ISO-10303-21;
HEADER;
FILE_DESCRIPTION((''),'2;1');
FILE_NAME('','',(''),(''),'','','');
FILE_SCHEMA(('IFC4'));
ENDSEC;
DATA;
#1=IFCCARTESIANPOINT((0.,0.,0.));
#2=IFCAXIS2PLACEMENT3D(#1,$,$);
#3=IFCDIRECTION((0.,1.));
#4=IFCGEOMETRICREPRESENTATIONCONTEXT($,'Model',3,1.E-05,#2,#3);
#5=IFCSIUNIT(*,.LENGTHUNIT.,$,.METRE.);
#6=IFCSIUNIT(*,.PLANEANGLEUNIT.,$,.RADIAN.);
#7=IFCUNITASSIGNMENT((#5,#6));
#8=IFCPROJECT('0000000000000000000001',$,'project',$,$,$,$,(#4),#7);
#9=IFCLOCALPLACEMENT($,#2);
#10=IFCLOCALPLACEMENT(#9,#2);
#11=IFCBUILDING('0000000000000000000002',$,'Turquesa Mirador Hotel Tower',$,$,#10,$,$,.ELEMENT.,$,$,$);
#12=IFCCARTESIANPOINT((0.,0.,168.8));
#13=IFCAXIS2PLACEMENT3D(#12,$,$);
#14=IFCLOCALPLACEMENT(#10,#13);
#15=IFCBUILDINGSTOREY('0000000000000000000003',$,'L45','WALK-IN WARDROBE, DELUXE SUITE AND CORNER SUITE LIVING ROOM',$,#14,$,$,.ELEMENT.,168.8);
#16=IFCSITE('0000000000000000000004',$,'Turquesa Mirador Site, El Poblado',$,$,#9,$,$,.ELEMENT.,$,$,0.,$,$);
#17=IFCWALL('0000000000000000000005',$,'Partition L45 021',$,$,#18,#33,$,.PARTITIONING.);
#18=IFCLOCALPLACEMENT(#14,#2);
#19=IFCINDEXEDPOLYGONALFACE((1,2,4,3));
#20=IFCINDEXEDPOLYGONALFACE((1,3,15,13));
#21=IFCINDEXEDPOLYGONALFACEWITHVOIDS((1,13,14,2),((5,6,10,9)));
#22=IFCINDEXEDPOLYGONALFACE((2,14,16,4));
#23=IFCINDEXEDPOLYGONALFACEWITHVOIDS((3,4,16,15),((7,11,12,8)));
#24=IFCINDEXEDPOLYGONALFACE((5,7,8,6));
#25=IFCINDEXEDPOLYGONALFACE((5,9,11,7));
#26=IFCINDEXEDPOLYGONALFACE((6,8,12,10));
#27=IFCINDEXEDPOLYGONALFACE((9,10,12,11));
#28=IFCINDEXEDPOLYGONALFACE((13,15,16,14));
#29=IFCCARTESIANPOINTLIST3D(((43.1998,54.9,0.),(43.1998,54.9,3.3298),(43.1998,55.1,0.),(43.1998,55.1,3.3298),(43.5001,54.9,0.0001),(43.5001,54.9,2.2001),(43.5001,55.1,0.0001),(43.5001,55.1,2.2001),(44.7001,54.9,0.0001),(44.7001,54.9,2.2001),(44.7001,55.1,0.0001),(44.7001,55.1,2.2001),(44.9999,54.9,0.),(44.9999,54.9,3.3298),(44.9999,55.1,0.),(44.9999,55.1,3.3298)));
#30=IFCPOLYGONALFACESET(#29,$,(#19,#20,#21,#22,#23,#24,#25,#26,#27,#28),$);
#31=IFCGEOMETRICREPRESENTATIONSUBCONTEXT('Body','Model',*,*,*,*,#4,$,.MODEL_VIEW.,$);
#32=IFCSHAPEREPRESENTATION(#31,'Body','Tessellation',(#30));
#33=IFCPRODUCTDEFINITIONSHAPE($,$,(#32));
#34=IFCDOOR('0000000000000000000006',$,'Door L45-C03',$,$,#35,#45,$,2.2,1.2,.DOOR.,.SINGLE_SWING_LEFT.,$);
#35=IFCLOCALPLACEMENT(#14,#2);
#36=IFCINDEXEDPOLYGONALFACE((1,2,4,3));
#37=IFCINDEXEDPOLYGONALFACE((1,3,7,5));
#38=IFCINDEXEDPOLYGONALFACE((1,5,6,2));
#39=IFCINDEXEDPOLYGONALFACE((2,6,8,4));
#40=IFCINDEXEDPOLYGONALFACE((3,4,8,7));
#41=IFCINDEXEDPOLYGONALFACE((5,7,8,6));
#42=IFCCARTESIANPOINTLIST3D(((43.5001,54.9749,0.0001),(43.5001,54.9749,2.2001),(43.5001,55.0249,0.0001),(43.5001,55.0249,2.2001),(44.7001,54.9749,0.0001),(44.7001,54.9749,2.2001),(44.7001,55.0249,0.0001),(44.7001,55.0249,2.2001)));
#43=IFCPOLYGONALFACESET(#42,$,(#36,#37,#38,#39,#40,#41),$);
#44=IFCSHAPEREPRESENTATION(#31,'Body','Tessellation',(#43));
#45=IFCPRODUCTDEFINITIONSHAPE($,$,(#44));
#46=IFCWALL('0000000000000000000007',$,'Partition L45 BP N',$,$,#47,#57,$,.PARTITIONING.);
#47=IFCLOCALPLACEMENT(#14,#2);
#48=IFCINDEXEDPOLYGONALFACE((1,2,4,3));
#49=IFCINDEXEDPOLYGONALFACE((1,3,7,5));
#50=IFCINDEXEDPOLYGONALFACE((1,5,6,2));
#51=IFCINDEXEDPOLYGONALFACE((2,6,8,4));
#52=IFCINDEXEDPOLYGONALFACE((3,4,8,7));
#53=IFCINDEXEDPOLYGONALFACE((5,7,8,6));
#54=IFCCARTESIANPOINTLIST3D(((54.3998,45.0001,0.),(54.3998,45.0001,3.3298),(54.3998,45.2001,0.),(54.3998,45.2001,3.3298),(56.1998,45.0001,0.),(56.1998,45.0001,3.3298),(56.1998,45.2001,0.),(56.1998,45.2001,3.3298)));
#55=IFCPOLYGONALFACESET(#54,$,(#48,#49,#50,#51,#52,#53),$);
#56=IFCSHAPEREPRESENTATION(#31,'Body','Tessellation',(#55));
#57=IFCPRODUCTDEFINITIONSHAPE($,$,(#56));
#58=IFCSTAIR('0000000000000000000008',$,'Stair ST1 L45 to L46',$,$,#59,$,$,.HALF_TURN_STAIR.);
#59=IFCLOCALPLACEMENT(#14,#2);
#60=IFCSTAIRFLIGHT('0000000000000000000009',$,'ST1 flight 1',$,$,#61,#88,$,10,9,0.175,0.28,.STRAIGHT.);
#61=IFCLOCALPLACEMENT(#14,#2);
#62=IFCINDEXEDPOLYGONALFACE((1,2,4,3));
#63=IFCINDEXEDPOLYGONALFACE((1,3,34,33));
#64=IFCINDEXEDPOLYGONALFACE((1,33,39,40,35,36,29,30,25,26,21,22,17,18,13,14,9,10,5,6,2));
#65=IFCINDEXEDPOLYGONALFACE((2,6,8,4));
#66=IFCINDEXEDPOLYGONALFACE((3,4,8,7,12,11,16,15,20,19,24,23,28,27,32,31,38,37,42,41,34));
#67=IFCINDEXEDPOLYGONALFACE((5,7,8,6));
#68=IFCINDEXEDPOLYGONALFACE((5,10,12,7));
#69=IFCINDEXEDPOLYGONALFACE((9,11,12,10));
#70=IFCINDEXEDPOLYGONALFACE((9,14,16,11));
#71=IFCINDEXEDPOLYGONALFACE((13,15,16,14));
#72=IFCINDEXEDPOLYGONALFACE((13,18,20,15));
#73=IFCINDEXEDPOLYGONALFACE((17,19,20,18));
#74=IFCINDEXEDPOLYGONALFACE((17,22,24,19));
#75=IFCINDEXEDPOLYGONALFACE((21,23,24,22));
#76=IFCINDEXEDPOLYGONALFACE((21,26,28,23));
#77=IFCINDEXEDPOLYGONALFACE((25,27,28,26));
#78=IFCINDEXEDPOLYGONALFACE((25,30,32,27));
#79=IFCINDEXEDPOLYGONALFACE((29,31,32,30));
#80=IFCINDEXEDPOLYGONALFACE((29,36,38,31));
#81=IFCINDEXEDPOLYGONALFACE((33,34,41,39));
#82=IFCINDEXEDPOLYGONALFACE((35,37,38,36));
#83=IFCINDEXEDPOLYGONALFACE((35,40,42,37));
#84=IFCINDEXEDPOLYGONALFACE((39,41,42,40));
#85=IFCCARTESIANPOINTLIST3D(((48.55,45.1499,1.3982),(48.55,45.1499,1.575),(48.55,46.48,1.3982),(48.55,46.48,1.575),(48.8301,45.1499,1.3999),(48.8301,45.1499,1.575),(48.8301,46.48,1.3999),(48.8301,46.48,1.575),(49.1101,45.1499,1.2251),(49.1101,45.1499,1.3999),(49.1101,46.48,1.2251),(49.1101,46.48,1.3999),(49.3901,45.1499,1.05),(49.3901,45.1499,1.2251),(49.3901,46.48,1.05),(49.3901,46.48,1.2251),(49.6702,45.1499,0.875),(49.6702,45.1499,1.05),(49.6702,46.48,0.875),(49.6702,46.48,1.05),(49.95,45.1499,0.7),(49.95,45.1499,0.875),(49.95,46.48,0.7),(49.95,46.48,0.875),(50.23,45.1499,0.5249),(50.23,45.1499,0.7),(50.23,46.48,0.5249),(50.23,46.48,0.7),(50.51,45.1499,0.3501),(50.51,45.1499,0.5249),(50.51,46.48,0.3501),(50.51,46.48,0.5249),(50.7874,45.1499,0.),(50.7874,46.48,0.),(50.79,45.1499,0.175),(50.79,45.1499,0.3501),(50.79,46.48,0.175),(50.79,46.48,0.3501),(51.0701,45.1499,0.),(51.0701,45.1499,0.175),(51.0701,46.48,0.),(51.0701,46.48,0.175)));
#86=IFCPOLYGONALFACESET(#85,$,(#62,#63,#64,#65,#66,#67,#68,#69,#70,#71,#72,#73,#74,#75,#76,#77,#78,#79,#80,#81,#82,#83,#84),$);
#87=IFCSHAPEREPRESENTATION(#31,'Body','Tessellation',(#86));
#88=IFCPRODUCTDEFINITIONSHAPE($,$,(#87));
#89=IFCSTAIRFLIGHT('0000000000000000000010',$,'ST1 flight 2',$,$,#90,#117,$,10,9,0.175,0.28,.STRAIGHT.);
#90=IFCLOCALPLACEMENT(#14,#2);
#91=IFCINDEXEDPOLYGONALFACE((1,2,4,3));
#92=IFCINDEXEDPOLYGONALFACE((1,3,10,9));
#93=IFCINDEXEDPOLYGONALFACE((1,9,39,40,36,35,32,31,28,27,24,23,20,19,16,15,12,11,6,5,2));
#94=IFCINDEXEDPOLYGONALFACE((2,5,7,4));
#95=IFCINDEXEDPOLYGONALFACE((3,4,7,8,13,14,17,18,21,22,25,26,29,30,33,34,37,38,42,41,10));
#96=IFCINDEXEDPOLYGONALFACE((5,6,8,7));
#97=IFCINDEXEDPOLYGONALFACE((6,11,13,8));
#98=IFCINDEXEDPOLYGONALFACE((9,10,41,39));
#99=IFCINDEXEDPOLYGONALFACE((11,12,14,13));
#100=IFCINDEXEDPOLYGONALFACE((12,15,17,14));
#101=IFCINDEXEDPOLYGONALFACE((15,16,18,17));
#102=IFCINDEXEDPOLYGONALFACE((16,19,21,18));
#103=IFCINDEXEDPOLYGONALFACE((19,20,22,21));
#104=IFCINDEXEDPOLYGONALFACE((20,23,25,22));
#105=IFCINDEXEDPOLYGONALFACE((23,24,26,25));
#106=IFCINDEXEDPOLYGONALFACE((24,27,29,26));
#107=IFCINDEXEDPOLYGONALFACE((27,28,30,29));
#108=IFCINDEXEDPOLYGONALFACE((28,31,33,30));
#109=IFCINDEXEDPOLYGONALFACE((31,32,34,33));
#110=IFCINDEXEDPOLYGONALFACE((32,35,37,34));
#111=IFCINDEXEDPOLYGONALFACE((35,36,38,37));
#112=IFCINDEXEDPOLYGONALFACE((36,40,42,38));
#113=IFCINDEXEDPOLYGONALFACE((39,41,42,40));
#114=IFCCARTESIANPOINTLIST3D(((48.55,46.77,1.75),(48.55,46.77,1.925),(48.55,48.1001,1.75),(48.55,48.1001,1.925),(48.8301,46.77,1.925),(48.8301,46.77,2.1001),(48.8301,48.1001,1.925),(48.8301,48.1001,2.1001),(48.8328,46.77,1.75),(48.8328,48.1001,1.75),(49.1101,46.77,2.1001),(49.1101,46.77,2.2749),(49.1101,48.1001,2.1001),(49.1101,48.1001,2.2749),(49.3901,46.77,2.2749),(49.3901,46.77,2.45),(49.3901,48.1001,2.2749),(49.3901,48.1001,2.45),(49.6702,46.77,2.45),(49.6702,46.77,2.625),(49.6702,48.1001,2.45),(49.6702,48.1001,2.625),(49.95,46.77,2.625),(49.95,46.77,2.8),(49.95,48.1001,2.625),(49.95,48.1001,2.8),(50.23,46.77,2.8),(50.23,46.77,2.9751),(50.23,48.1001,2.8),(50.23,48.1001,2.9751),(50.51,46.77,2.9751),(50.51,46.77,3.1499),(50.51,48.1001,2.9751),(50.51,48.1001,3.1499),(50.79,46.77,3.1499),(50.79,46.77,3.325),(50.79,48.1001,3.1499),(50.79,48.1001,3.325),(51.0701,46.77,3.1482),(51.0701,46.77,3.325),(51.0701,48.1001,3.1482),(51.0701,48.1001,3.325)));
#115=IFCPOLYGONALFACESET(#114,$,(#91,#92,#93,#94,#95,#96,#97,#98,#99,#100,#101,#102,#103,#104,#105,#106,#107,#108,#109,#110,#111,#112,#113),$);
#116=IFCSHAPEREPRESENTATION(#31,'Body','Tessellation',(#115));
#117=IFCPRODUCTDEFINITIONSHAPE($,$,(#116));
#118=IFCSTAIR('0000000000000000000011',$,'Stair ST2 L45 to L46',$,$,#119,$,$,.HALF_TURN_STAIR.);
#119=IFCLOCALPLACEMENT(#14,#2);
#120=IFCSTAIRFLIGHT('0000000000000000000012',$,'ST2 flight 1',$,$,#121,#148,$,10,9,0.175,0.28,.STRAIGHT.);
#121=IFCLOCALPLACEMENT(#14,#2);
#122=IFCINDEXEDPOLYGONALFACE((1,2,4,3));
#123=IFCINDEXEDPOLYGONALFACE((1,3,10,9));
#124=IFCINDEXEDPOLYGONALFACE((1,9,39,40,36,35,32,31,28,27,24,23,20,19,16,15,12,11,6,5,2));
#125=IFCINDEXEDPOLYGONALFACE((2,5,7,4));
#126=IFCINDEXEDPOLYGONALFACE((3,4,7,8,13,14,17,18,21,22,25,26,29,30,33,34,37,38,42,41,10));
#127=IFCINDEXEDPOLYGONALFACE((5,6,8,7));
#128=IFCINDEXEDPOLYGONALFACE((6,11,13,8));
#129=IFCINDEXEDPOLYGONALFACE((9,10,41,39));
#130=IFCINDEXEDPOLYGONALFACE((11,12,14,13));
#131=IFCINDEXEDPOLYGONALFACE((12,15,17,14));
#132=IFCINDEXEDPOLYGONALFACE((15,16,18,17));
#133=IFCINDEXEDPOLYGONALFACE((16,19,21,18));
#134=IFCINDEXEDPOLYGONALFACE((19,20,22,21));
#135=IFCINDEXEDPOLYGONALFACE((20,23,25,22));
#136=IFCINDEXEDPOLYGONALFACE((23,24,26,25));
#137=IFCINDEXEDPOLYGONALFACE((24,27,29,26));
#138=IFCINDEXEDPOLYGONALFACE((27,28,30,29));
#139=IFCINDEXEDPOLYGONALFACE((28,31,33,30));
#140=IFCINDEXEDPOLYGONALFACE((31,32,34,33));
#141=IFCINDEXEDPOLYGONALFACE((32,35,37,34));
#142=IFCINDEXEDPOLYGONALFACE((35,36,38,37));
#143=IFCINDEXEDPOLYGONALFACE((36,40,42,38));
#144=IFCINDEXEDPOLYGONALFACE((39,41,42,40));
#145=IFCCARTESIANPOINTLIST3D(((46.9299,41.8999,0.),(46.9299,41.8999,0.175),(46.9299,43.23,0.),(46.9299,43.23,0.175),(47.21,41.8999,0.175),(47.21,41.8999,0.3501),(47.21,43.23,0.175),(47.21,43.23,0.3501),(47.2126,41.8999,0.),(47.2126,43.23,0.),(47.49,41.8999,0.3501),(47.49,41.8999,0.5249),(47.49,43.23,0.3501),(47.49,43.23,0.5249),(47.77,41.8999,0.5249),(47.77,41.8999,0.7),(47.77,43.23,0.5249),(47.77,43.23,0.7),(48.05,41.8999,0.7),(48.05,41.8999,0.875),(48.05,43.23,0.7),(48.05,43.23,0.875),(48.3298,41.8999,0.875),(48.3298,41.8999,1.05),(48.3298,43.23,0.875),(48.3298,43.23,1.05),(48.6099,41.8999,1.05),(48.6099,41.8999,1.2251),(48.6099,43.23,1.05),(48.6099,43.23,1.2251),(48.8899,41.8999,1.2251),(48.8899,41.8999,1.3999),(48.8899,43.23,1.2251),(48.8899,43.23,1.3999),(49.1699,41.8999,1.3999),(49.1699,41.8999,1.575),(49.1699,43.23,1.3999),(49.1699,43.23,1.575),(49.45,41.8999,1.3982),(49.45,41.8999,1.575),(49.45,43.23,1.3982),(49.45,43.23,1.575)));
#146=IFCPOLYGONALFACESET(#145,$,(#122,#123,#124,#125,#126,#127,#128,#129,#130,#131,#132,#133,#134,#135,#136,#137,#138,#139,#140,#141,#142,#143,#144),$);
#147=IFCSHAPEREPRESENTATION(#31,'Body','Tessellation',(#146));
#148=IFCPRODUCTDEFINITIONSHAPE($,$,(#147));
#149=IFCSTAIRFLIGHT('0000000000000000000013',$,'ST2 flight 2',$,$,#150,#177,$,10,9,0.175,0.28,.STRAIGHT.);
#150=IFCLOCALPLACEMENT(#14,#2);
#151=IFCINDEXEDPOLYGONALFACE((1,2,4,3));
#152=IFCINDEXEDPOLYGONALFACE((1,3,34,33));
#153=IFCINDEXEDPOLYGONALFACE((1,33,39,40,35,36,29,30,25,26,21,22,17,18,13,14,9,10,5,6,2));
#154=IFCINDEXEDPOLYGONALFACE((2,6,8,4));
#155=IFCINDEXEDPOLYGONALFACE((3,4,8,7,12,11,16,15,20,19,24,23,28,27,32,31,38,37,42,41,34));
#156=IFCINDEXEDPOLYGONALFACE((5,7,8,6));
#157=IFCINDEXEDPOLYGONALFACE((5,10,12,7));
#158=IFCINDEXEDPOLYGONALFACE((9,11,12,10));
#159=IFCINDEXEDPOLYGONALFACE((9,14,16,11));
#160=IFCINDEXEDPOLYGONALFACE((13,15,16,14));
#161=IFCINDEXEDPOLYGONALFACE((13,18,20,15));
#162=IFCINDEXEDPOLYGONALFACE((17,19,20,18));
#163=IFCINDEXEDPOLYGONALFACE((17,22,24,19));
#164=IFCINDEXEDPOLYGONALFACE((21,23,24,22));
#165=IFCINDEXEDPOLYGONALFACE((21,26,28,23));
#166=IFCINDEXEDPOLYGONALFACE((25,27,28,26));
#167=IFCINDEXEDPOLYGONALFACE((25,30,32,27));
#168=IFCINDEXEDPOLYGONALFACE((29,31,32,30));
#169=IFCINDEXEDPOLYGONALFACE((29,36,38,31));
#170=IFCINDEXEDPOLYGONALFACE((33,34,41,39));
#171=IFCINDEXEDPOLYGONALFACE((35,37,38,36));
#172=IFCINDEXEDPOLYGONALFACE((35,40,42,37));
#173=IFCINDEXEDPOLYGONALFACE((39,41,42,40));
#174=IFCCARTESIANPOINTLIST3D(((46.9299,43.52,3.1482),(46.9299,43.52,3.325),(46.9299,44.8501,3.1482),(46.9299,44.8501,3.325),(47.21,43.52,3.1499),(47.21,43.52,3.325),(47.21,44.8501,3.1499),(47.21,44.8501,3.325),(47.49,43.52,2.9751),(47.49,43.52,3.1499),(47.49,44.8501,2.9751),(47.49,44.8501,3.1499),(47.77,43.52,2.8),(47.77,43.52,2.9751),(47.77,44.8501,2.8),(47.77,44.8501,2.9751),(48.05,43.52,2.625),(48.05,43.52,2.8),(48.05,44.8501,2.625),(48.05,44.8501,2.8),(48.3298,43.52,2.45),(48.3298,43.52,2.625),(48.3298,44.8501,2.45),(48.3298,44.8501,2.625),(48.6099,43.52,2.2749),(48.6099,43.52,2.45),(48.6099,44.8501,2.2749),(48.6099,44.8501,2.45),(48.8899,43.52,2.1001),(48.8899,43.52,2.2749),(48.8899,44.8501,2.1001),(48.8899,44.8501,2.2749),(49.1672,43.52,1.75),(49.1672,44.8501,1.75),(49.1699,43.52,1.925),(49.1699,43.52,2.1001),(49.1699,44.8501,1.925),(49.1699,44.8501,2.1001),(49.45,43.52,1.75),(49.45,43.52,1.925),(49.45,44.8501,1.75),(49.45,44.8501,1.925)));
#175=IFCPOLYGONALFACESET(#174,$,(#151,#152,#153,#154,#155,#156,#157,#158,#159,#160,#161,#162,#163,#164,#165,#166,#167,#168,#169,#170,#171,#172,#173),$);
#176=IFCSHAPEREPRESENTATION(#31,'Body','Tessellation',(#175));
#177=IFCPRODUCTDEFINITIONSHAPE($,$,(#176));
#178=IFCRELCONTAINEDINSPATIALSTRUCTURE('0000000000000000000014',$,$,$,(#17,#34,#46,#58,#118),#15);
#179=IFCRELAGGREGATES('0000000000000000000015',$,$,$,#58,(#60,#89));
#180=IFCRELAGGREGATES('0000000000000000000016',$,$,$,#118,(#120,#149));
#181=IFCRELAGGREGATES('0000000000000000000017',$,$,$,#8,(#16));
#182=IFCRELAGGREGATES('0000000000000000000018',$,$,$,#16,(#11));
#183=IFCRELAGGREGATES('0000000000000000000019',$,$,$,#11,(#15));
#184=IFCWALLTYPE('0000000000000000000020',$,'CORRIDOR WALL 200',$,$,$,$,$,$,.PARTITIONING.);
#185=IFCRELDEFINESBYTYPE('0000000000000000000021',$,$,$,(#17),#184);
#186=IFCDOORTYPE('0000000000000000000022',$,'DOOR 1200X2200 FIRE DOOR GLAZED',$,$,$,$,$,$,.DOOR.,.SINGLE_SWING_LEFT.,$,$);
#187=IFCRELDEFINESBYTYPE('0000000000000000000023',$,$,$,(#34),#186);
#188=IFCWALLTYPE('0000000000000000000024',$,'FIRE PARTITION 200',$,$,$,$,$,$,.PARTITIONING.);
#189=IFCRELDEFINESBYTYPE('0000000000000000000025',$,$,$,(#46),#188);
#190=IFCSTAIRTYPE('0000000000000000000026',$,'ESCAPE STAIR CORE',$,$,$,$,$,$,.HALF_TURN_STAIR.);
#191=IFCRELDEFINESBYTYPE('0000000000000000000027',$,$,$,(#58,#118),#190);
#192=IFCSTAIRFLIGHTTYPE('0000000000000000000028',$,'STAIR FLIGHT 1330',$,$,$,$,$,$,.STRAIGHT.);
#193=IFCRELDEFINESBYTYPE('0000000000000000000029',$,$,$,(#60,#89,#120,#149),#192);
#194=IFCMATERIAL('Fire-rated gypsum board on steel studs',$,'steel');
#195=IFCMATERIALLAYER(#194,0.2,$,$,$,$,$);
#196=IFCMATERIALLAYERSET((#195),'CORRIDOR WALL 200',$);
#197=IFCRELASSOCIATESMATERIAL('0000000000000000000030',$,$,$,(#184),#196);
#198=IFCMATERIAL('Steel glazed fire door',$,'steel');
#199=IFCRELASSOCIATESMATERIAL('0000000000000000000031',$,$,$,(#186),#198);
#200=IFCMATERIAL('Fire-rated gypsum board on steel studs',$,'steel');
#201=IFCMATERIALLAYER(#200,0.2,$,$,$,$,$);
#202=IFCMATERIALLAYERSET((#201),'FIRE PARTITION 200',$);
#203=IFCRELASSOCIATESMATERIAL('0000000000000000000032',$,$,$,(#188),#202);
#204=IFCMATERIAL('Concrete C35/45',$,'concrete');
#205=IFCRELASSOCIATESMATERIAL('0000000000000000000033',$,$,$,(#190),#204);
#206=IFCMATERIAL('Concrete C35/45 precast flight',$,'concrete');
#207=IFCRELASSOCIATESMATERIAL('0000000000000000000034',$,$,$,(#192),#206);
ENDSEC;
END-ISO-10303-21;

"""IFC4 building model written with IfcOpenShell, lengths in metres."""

from ifc_helpers import new_model, si_unit, direction, frame, frame_2d, origin, place, context, subcontext, project, spatial, polyline, rectangle, outline, extrude, material, layer, layer_set, type_object, element, fill, aggregate, save


model = new_model("IFC4")

# Units and contexts
model_context = context("Model", 3, precision=1e-05, world=origin(), true_north=direction((0.0, 1.0)))
body_context = subcontext(model_context, "Body", "Model", "MODEL_VIEW")
ifc_project = project(units=[si_unit("LENGTHUNIT", "METRE"), si_unit("PLANEANGLEUNIT", "RADIAN")], contexts=[model_context])

# Site, building, storey
site_placement = place(None, origin())
site = spatial("IfcSite", under=ifc_project, at=site_placement, Name="Turquesa Mirador Site, El Poblado", CompositionType="ELEMENT", RefElevation=0.0)
building_placement = place(site_placement, origin())
building = spatial("IfcBuilding", under=site, at=building_placement, Name="Turquesa Mirador Hotel Tower", CompositionType="ELEMENT")
storey_placement = place(building_placement, frame((0.0, 0.0, 168.8)))
storey = spatial("IfcBuildingStorey", under=building, at=storey_placement, Name="L45", Description="WALK-IN WARDROBE, DELUXE SUITE AND CORNER SUITE LIVING ROOM", CompositionType="ELEMENT", Elevation=168.8)

# Wall, opening, door
ifc_material_1 = material(Name="Fire-rated gypsum board on steel studs", Category="steel")
ifc_layer_1 = layer(ifc_material_1, 0.2)
ifc_layer_set_1 = layer_set([ifc_layer_1], Name="CORRIDOR WALL 200")
wall_type_1 = type_object("IfcWallType", Name="CORRIDOR WALL 200", PredefinedType="PARTITIONING", material=ifc_layer_set_1)
wall_1_placement = place(storey_placement, frame((43.2, 55.0, 0.0), z_axis=(0.0, 0.0, 1.0), x_axis=(1.0, 0.0, 0.0)))
wall_1 = element("IfcWall", 1, at=wall_1_placement, inside=storey, type_object=wall_type_1, Name="Partition L45 021", PredefinedType="PARTITIONING", context=body_context, shape_type="SweptSolid", body=[
    extrude(rectangle(XDim=1.8, YDim=0.2, at=frame_2d((0.8999, 0.0))), origin(), (0.0, 0.0, 1.0), 3.3298),
])
opening_1_placement = place(wall_1_placement, frame((0.3, 0.0, 0.0)))
opening_1 = element("IfcOpeningElement", 2, at=opening_1_placement, cuts=wall_1, PredefinedType="OPENING", context=body_context, shape_type="SweptSolid", body=[
    extrude(rectangle(XDim=1.2, YDim=2.2, at=frame_2d((0.6001, 1.1001))), frame((0.0, 0.1099, 0.0), z_axis=(0.0, -1.0, 0.0), x_axis=(1.0, 0.0, 0.0)), (0.0, 0.0, 1.0), 0.22),
])
ifc_material_2 = material(Name="Steel glazed fire door", Category="steel")
door_type_1 = type_object("IfcDoorType", Name="DOOR 1200X2200 FIRE DOOR GLAZED", OperationType="SINGLE_SWING_LEFT", PredefinedType="DOOR", material=ifc_material_2)
door_1_placement = place(opening_1_placement, origin())
door_1 = element("IfcDoor", 3, at=door_1_placement, inside=storey, type_object=door_type_1, Name="Door L45-C03", OperationType="SINGLE_SWING_LEFT", OverallHeight=2.2, OverallWidth=1.2, PredefinedType="DOOR", context=body_context, shape_type="SweptSolid", body=[
    extrude(rectangle(XDim=1.2, YDim=2.2, at=frame_2d((0.6001, 1.1001))), frame((0.0, 0.0249, 0.0), z_axis=(0.0, -1.0, 0.0), x_axis=(1.0, 0.0, 0.0)), (0.0, 0.0, 1.0), 0.05),
])
fill(opening_1, door_1)

# Wall
ifc_material_3 = material(Name="Fire-rated gypsum board on steel studs", Category="steel")
ifc_layer_2 = layer(ifc_material_3, 0.2)
ifc_layer_set_2 = layer_set([ifc_layer_2], Name="FIRE PARTITION 200")
wall_type_2 = type_object("IfcWallType", Name="FIRE PARTITION 200", PredefinedType="PARTITIONING", material=ifc_layer_set_2)
wall_2_placement = place(storey_placement, frame((54.3999, 45.1001, 0.0), z_axis=(0.0, 0.0, 1.0), x_axis=(1.0, 0.0, 0.0)))
element("IfcWall", 4, at=wall_2_placement, inside=storey, type_object=wall_type_2, Name="Partition L45 BP N", PredefinedType="PARTITIONING", context=body_context, shape_type="SweptSolid", body=[
    extrude(rectangle(XDim=1.8, YDim=0.2, at=frame_2d((0.8999, 0.0))), origin(), (0.0, 0.0, 1.0), 3.3298),
])

# Stairs, stair flights
ifc_material_4 = material(Name="Concrete C35/45", Category="concrete")
stair_type = type_object("IfcStairType", Name="ESCAPE STAIR CORE", PredefinedType="HALF_TURN_STAIR", material=ifc_material_4)
stair_1_placement = place(storey_placement, origin())
stair_1 = element("IfcStair", 5, at=stair_1_placement, inside=storey, type_object=stair_type, Name="Stair ST1 L45 to L46", PredefinedType="HALF_TURN_STAIR")
ifc_material_5 = material(Name="Concrete C35/45 precast flight", Category="concrete")
stair_flight_type = type_object("IfcStairFlightType", Name="STAIR FLIGHT 1330", PredefinedType="STRAIGHT", material=ifc_material_5)
stair_flight_1_placement = place(storey_placement, frame((51.0701, 45.8149, 0.0), z_axis=(0.0, 0.0, 1.0), x_axis=(-1.0, 0.0, 0.0)))
stair_flight_1 = element("IfcStairFlight", 6, at=stair_flight_1_placement, type_object=stair_flight_type, Name="ST1 flight 1", NumberOfRisers=10, NumberOfTreads=9, PredefinedType="STRAIGHT", RiserHeight=0.175, TreadLength=0.28, context=body_context, shape_type="SweptSolid", body=[
    extrude(outline(polyline([(0.0, 0.0), (0.0, 0.175), (0.28, 0.175), (0.28, 0.3501), (0.5601, 0.3501), (0.5601, 0.5249), (0.8401, 0.5249), (0.8401, 0.7), (1.1201, 0.7), (1.1201, 0.875), (1.3999, 0.875), (1.3999, 1.05), (1.6799, 1.05), (1.6799, 1.2251), (1.96, 1.2251), (1.96, 1.3999), (2.24, 1.3999), (2.24, 1.575), (2.52, 1.575), (2.52, 1.75), (2.52, 1.3982), (0.2827, 0.0), (0.0, 0.0)])), frame((0.0, 0.665, 0.0), z_axis=(0.0, -1.0, 0.0), x_axis=(1.0, 0.0, 0.0)), (0.0, 0.0, 1.0), 1.3301),
])
stair_flight_2_placement = place(storey_placement, frame((48.55, 47.4351, 1.75), z_axis=(0.0, 0.0, 1.0), x_axis=(1.0, 0.0, 0.0)))
stair_flight_2 = element("IfcStairFlight", 7, at=stair_flight_2_placement, type_object=stair_flight_type, Name="ST1 flight 2", NumberOfRisers=10, NumberOfTreads=9, PredefinedType="STRAIGHT", RiserHeight=0.175, TreadLength=0.28, context=body_context, shape_type="SweptSolid", body=[
    extrude(outline(polyline([(0.0, 0.0), (0.0, 0.175), (0.28, 0.175), (0.28, 0.3501), (0.5601, 0.3501), (0.5601, 0.5249), (0.8401, 0.5249), (0.8401, 0.7), (1.1201, 0.7), (1.1201, 0.875), (1.3999, 0.875), (1.3999, 1.05), (1.6799, 1.05), (1.6799, 1.2251), (1.96, 1.2251), (1.96, 1.3999), (2.24, 1.3999), (2.24, 1.575), (2.52, 1.575), (2.52, 1.75), (2.52, 1.3982), (0.2827, 0.0), (0.0, 0.0)])), frame((0.0, 0.665, 0.0), z_axis=(0.0, -1.0, 0.0), x_axis=(1.0, 0.0, 0.0)), (0.0, 0.0, 1.0), 1.3301),
])
aggregate(stair_1, [stair_flight_1, stair_flight_2])
stair_2_placement = place(storey_placement, origin())
stair_2 = element("IfcStair", 8, at=stair_2_placement, inside=storey, type_object=stair_type, Name="Stair ST2 L45 to L46", PredefinedType="HALF_TURN_STAIR")
stair_flight_3_placement = place(storey_placement, frame((46.9299, 42.5649, 0.0), z_axis=(0.0, 0.0, 1.0), x_axis=(1.0, 0.0, 0.0)))
stair_flight_3 = element("IfcStairFlight", 9, at=stair_flight_3_placement, type_object=stair_flight_type, Name="ST2 flight 1", NumberOfRisers=10, NumberOfTreads=9, PredefinedType="STRAIGHT", RiserHeight=0.175, TreadLength=0.28, context=body_context, shape_type="SweptSolid", body=[
    extrude(outline(polyline([(0.0, 0.0), (0.0, 0.175), (0.28, 0.175), (0.28, 0.3501), (0.5601, 0.3501), (0.5601, 0.5249), (0.8401, 0.5249), (0.8401, 0.7), (1.1201, 0.7), (1.1201, 0.875), (1.3999, 0.875), (1.3999, 1.05), (1.6799, 1.05), (1.6799, 1.2251), (1.96, 1.2251), (1.96, 1.3999), (2.24, 1.3999), (2.24, 1.575), (2.52, 1.575), (2.52, 1.75), (2.52, 1.3982), (0.2827, 0.0), (0.0, 0.0)])), frame((0.0, 0.665, 0.0), z_axis=(0.0, -1.0, 0.0), x_axis=(1.0, 0.0, 0.0)), (0.0, 0.0, 1.0), 1.3301),
])
stair_flight_4_placement = place(storey_placement, frame((49.45, 44.1851, 1.75), z_axis=(0.0, 0.0, 1.0), x_axis=(-1.0, 0.0, 0.0)))
stair_flight_4 = element("IfcStairFlight", 10, at=stair_flight_4_placement, type_object=stair_flight_type, Name="ST2 flight 2", NumberOfRisers=10, NumberOfTreads=9, PredefinedType="STRAIGHT", RiserHeight=0.175, TreadLength=0.28, context=body_context, shape_type="SweptSolid", body=[
    extrude(outline(polyline([(0.0, 0.0), (0.0, 0.175), (0.28, 0.175), (0.28, 0.3501), (0.5601, 0.3501), (0.5601, 0.5249), (0.8401, 0.5249), (0.8401, 0.7), (1.1201, 0.7), (1.1201, 0.875), (1.3999, 0.875), (1.3999, 1.05), (1.6799, 1.05), (1.6799, 1.2251), (1.96, 1.2251), (1.96, 1.3999), (2.24, 1.3999), (2.24, 1.575), (2.52, 1.575), (2.52, 1.75), (2.52, 1.3982), (0.2827, 0.0), (0.0, 0.0)])), frame((0.0, 0.665, 0.0), z_axis=(0.0, -1.0, 0.0), x_axis=(1.0, 0.0, 0.0)), (0.0, 0.0, 1.0), 1.3301),
])
aggregate(stair_2, [stair_flight_3, stair_flight_4])

save(model, "model.ifc")
